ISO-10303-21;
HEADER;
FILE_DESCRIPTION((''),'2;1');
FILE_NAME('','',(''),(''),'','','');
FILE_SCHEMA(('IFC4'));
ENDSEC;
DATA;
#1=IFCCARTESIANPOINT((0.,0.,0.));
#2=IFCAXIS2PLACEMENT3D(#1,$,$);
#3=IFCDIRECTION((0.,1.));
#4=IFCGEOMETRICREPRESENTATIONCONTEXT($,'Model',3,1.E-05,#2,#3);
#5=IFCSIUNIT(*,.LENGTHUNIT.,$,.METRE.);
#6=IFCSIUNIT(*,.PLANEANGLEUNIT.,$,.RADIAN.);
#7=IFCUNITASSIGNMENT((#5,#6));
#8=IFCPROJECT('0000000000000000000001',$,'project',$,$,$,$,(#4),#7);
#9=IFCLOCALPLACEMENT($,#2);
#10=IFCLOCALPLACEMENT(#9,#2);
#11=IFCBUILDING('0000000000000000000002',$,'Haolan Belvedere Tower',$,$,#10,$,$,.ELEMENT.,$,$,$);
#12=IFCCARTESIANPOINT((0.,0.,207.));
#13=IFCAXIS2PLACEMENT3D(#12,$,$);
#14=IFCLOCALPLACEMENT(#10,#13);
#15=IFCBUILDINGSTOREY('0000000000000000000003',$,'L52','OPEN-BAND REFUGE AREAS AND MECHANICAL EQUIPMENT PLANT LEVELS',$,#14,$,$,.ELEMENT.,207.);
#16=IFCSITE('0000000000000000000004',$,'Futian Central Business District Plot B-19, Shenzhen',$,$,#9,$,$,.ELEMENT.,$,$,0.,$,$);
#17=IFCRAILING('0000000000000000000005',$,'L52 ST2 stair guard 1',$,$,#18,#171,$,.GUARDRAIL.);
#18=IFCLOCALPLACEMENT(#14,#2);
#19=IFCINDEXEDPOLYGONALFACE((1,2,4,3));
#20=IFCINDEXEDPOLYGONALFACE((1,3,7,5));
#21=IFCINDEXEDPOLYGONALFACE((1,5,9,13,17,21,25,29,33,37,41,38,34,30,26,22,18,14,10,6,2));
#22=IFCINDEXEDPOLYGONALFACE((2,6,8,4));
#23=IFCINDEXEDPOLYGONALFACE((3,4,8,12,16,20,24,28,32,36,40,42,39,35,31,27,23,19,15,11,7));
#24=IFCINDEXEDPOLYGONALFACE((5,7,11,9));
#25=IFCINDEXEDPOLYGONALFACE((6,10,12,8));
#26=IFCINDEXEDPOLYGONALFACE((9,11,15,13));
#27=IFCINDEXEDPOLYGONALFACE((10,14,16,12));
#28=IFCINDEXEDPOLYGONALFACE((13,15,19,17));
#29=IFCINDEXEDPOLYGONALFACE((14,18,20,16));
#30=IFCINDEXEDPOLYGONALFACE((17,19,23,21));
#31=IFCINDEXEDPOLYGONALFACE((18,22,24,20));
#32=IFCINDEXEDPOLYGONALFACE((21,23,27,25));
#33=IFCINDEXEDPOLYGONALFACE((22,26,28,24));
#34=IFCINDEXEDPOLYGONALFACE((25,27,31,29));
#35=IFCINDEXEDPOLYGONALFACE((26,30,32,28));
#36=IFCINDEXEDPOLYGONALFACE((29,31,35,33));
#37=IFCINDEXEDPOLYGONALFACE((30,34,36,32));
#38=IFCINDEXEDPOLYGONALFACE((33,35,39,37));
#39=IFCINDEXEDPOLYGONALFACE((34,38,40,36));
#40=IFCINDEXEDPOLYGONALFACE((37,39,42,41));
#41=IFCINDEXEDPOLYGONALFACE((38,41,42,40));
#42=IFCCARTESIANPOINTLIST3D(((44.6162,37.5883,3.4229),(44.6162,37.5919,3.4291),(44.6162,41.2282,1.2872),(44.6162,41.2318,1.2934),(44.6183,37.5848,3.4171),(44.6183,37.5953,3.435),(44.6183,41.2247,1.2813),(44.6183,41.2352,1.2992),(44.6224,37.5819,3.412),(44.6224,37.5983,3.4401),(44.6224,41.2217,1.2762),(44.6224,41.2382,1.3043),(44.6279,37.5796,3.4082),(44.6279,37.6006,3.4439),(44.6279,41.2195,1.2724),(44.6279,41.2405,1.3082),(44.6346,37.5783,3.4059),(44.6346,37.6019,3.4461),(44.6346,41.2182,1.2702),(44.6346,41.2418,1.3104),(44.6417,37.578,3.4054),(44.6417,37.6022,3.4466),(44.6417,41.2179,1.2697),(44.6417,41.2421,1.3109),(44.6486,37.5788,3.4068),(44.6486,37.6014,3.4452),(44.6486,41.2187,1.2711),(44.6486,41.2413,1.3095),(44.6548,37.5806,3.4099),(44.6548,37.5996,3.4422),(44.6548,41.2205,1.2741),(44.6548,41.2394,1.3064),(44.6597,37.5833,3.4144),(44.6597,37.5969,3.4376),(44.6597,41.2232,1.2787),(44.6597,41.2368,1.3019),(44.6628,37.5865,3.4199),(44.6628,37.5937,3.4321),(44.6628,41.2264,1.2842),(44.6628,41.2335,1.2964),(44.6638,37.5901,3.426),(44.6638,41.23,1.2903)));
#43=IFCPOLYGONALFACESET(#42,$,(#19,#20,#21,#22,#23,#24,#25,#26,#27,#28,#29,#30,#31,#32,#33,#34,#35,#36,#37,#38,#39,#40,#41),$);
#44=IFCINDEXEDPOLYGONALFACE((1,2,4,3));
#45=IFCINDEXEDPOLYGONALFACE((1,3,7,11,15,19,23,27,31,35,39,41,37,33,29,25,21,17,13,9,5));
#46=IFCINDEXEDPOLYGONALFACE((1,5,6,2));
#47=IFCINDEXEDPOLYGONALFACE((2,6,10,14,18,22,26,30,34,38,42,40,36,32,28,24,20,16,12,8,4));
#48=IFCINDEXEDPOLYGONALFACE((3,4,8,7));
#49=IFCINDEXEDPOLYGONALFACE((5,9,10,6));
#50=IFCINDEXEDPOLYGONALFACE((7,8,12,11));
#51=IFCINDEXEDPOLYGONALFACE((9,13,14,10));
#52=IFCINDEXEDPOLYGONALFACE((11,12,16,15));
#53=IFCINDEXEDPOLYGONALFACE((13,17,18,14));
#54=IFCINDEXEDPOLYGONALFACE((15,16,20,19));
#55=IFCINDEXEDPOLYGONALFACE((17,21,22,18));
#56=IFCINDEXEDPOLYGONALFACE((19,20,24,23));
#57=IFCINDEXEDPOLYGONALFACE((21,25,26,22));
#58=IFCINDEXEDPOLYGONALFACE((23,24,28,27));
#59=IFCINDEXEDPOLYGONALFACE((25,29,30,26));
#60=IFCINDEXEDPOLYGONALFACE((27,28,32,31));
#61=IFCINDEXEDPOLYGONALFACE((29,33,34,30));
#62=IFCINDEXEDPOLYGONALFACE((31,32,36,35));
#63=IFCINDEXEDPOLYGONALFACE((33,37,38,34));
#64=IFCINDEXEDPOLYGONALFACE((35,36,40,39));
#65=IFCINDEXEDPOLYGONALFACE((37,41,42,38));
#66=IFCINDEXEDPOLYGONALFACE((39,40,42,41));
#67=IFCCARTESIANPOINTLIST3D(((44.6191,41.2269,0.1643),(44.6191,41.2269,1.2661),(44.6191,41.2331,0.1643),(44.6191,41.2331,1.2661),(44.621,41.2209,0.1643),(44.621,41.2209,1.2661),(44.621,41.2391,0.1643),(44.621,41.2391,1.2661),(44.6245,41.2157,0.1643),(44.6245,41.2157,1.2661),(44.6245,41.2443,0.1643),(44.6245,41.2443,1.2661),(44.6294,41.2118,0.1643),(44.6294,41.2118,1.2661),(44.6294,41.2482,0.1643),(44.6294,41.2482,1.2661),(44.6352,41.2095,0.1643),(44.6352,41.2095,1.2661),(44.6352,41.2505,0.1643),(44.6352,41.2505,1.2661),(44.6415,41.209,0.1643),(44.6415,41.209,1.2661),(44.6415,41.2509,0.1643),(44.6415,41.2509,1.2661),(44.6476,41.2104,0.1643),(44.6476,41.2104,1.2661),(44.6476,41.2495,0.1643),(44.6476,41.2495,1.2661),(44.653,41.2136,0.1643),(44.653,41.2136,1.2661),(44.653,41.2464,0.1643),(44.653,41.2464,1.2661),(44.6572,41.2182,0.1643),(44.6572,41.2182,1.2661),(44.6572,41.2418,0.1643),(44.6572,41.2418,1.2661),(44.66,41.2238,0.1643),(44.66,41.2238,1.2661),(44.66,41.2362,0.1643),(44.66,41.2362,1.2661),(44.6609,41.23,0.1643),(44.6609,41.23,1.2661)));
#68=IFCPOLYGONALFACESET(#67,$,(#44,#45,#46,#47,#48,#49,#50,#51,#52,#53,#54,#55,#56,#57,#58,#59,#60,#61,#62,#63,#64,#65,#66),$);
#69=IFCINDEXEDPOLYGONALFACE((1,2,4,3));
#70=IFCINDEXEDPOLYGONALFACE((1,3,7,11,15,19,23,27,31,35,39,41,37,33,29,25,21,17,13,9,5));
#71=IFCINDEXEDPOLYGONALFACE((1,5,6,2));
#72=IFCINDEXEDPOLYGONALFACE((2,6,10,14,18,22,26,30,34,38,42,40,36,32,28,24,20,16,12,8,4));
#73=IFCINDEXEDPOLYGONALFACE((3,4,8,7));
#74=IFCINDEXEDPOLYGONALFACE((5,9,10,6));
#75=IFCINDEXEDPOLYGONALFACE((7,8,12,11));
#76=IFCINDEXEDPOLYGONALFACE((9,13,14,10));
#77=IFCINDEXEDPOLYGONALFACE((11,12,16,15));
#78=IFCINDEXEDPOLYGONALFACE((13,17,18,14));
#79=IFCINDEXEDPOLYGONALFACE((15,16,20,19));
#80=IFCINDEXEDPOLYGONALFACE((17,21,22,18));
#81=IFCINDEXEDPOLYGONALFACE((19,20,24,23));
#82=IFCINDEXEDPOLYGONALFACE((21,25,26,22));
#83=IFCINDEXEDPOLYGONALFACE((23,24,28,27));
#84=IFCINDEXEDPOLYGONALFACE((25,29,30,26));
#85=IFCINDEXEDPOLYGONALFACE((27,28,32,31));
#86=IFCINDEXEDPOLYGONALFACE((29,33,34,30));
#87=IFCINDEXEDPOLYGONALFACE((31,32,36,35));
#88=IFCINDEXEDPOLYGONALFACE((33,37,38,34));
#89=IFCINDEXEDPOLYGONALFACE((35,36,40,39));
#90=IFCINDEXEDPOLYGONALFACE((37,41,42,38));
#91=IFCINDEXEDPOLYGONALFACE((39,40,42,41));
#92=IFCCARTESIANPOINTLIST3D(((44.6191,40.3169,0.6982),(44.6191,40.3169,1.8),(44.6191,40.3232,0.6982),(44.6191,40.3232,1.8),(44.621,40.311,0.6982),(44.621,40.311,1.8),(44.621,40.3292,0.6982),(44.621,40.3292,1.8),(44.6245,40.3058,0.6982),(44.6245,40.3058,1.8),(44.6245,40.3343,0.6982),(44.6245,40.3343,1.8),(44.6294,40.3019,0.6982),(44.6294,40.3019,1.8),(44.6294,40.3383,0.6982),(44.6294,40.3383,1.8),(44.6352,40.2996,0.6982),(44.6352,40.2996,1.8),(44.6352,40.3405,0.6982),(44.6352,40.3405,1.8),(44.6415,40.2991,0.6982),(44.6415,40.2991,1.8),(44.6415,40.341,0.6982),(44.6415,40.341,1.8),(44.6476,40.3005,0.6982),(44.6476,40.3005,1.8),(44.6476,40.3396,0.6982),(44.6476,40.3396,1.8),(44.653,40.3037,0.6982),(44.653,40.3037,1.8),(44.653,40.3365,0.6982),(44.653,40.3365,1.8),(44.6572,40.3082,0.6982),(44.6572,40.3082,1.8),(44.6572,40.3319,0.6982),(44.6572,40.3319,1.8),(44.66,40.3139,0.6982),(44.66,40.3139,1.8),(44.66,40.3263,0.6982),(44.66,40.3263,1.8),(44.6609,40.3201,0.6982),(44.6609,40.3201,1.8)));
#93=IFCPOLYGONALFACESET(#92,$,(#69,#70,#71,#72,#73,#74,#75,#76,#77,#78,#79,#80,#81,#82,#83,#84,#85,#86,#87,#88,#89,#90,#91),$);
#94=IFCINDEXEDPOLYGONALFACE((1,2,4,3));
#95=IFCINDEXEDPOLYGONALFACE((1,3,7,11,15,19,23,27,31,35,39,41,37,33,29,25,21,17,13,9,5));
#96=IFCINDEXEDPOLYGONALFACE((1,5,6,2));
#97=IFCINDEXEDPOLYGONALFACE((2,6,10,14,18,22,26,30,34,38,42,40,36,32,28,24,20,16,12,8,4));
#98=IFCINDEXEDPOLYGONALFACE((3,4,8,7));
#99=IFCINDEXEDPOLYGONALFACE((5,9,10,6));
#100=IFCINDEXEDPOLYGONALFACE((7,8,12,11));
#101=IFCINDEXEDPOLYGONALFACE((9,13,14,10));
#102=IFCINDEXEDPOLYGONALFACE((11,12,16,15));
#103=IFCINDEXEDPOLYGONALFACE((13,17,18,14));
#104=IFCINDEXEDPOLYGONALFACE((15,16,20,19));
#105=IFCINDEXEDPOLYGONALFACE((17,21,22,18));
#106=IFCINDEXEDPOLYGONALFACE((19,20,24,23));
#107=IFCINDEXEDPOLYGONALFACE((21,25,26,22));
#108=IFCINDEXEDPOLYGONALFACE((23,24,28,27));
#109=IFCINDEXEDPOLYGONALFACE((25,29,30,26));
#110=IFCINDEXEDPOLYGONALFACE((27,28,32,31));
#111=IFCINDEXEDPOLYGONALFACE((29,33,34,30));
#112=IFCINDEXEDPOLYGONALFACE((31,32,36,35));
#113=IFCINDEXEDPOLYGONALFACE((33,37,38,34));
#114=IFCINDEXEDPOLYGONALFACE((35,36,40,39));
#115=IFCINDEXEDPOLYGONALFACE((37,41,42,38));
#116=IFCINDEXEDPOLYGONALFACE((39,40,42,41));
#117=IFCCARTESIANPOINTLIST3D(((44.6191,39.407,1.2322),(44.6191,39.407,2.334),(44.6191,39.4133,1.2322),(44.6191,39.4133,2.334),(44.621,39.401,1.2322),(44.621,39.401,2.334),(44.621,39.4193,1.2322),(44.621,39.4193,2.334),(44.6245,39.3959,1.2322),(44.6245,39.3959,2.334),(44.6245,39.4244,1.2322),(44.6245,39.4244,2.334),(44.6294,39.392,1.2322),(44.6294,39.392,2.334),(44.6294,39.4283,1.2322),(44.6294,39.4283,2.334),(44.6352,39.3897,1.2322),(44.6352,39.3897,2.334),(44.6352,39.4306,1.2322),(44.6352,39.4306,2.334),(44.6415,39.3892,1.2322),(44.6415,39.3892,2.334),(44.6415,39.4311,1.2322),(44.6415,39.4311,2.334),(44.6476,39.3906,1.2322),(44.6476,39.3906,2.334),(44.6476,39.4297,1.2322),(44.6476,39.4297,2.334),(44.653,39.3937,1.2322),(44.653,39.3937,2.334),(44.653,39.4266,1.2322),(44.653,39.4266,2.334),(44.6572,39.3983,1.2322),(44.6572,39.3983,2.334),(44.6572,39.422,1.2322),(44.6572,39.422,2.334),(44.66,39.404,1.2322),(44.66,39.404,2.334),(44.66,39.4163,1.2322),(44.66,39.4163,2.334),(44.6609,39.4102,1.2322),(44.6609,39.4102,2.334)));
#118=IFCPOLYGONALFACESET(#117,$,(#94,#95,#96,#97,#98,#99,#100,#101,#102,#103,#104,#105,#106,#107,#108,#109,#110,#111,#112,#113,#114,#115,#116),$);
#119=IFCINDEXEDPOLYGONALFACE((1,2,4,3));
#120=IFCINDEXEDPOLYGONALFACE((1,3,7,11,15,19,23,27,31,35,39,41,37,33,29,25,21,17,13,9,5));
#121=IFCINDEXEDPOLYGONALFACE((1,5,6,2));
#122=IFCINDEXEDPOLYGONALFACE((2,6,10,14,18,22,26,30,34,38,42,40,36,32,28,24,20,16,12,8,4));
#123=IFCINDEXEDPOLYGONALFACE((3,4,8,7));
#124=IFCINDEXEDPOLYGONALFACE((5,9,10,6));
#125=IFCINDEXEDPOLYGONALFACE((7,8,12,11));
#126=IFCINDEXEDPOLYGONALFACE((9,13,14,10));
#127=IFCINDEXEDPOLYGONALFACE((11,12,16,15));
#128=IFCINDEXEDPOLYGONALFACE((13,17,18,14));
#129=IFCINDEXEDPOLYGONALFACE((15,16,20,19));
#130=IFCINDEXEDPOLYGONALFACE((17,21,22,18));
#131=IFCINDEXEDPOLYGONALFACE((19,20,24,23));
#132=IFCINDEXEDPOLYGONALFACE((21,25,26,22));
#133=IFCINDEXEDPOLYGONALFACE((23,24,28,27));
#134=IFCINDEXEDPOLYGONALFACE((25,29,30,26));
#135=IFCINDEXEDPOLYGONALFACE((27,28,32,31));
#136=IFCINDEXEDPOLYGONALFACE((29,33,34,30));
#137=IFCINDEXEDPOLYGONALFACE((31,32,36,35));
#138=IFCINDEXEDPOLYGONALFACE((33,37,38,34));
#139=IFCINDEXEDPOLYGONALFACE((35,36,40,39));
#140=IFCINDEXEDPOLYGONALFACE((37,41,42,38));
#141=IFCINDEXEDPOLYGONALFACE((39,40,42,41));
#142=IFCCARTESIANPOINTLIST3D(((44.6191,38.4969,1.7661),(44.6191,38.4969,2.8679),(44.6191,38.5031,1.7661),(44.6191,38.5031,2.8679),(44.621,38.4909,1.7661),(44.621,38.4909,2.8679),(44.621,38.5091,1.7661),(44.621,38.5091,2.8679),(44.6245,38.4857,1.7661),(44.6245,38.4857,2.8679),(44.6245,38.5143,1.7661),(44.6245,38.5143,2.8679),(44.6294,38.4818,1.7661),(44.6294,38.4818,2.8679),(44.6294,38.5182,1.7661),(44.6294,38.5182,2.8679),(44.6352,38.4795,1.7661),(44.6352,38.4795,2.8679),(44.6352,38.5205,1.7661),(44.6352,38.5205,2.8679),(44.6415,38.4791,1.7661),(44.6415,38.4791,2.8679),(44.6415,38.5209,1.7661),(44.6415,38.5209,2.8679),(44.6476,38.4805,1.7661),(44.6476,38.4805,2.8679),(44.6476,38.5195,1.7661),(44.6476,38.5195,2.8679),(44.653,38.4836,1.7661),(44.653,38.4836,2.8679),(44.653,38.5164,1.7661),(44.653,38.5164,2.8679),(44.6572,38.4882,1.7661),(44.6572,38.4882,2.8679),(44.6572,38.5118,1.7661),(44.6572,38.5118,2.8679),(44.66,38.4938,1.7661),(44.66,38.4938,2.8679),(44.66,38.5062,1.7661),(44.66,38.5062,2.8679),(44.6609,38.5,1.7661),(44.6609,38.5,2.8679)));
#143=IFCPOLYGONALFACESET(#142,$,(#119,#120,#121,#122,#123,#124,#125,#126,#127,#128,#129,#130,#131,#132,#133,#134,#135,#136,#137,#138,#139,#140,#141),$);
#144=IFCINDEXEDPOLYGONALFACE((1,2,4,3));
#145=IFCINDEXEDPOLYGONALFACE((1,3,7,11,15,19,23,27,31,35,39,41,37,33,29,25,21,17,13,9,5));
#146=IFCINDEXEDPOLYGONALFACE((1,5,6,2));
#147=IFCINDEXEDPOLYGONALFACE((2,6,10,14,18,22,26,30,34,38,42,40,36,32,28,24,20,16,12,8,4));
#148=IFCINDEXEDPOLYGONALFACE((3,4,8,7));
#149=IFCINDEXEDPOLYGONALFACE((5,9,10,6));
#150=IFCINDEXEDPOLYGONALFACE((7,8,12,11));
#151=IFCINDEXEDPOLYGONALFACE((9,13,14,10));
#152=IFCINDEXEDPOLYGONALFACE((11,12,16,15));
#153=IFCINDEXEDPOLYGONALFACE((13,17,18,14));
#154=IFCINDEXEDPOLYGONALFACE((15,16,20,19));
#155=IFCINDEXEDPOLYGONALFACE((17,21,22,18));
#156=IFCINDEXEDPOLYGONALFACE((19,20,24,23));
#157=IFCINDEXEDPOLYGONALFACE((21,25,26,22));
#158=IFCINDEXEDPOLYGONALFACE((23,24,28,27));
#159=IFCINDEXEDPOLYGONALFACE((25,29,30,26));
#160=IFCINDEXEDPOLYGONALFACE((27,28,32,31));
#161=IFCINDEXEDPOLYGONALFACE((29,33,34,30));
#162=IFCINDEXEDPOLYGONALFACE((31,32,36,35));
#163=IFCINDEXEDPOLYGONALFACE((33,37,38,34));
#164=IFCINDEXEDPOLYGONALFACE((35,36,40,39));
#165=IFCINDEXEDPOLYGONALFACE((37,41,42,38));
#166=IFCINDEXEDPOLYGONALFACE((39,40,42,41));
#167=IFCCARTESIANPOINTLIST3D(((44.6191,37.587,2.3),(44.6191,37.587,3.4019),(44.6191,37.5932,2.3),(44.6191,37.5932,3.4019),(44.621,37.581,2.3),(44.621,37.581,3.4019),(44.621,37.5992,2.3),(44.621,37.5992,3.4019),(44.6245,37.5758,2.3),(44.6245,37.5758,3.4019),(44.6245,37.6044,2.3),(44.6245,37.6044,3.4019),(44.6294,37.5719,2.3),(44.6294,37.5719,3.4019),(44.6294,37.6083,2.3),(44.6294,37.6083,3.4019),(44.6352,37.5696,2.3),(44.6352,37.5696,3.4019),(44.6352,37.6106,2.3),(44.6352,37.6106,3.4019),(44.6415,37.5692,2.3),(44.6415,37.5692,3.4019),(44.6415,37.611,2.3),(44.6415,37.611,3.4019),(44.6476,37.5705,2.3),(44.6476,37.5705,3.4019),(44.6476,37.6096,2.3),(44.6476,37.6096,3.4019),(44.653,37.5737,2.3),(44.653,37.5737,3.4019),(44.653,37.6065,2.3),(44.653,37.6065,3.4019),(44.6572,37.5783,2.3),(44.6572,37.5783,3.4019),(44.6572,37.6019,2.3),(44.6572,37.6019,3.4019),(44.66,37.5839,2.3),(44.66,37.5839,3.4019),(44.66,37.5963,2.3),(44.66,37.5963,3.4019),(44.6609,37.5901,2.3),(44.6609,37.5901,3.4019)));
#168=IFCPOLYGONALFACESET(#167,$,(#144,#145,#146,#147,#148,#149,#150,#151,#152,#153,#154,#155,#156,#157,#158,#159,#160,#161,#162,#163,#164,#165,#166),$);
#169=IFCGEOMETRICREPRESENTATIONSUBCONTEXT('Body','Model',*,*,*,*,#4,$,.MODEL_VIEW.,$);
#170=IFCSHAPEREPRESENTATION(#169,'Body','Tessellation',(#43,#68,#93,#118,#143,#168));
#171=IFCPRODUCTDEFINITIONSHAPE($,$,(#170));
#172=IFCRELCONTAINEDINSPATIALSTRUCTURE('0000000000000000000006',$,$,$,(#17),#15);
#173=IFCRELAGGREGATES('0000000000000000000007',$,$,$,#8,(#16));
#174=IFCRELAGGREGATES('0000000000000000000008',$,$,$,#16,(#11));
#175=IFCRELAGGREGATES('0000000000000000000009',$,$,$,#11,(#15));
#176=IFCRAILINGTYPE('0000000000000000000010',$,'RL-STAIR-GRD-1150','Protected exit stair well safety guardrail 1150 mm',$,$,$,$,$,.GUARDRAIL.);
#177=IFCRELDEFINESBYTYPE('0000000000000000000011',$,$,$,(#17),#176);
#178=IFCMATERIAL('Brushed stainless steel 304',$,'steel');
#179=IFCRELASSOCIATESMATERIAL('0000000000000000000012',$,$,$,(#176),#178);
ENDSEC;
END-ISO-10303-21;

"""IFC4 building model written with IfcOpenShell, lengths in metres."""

from ifc_helpers import new_model, si_unit, direction, frame, origin, origin_2d, place, context, subcontext, project, spatial, circle, extrude, material, type_object, element, save


model = new_model("IFC4")

# Units and contexts
model_context = context("Model", 3, precision=1e-05, world=origin(), true_north=direction((0.0, 1.0)))
body_context = subcontext(model_context, "Body", "Model", "MODEL_VIEW")
ifc_project = project(units=[si_unit("LENGTHUNIT", "METRE"), si_unit("PLANEANGLEUNIT", "RADIAN")], contexts=[model_context])

# Site, building, storey
site_placement = place(None, origin())
site = spatial("IfcSite", under=ifc_project, at=site_placement, Name="Futian Central Business District Plot B-19, Shenzhen", CompositionType="ELEMENT", RefElevation=0.0)
building_placement = place(site_placement, origin())
building = spatial("IfcBuilding", under=site, at=building_placement, Name="Haolan Belvedere Tower", CompositionType="ELEMENT")
storey_placement = place(building_placement, frame((0.0, 0.0, 207.0)))
storey = spatial("IfcBuildingStorey", under=building, at=storey_placement, Name="L52", Description="OPEN-BAND REFUGE AREAS AND MECHANICAL EQUIPMENT PLANT LEVELS", CompositionType="ELEMENT", Elevation=207.0)

# Railing
ifc_material_1 = material(Name="Brushed stainless steel 304", Category="steel")
railing_type_1 = type_object("IfcRailingType", Name="RL-STAIR-GRD-1150", Description="Protected exit stair well safety guardrail 1150 mm", PredefinedType="GUARDRAIL", material=ifc_material_1)
railing_1_placement = place(storey_placement, frame((44.6399, 41.23, 0.1643)))
element("IfcRailing", 1, at=railing_1_placement, inside=storey, type_object=railing_type_1, Name="L52 ST2 stair guard 1", PredefinedType="GUARDRAIL", context=body_context, shape_type="SweptSolid", body=[
    extrude(circle(Radius=0.0239, at=origin_2d()), frame((0.0, 0.0, 1.126), z_axis=(0.0, -0.86249, 0.506074), x_axis=(1.0, 0.0, 0.0)), (0.0, 0.0, 1.0), 4.2202),
    extrude(circle(Radius=0.021, at=origin_2d()), origin(), (0.0, 0.0, 1.0), 1.1018),
    extrude(circle(Radius=0.021, at=origin_2d()), frame((0.0, -0.9099, 0.5339)), (0.0, 0.0, 1.0), 1.1018),
    extrude(circle(Radius=0.021, at=origin_2d()), frame((0.0, -1.8198, 1.0679)), (0.0, 0.0, 1.0), 1.1018),
    extrude(circle(Radius=0.021, at=origin_2d()), frame((0.0, -2.73, 1.6018)), (0.0, 0.0, 1.0), 1.1018),
    extrude(circle(Radius=0.021, at=origin_2d()), frame((0.0, -3.6399, 2.1357)), (0.0, 0.0, 1.0), 1.1018),
])

save(model, "model.ifc")
